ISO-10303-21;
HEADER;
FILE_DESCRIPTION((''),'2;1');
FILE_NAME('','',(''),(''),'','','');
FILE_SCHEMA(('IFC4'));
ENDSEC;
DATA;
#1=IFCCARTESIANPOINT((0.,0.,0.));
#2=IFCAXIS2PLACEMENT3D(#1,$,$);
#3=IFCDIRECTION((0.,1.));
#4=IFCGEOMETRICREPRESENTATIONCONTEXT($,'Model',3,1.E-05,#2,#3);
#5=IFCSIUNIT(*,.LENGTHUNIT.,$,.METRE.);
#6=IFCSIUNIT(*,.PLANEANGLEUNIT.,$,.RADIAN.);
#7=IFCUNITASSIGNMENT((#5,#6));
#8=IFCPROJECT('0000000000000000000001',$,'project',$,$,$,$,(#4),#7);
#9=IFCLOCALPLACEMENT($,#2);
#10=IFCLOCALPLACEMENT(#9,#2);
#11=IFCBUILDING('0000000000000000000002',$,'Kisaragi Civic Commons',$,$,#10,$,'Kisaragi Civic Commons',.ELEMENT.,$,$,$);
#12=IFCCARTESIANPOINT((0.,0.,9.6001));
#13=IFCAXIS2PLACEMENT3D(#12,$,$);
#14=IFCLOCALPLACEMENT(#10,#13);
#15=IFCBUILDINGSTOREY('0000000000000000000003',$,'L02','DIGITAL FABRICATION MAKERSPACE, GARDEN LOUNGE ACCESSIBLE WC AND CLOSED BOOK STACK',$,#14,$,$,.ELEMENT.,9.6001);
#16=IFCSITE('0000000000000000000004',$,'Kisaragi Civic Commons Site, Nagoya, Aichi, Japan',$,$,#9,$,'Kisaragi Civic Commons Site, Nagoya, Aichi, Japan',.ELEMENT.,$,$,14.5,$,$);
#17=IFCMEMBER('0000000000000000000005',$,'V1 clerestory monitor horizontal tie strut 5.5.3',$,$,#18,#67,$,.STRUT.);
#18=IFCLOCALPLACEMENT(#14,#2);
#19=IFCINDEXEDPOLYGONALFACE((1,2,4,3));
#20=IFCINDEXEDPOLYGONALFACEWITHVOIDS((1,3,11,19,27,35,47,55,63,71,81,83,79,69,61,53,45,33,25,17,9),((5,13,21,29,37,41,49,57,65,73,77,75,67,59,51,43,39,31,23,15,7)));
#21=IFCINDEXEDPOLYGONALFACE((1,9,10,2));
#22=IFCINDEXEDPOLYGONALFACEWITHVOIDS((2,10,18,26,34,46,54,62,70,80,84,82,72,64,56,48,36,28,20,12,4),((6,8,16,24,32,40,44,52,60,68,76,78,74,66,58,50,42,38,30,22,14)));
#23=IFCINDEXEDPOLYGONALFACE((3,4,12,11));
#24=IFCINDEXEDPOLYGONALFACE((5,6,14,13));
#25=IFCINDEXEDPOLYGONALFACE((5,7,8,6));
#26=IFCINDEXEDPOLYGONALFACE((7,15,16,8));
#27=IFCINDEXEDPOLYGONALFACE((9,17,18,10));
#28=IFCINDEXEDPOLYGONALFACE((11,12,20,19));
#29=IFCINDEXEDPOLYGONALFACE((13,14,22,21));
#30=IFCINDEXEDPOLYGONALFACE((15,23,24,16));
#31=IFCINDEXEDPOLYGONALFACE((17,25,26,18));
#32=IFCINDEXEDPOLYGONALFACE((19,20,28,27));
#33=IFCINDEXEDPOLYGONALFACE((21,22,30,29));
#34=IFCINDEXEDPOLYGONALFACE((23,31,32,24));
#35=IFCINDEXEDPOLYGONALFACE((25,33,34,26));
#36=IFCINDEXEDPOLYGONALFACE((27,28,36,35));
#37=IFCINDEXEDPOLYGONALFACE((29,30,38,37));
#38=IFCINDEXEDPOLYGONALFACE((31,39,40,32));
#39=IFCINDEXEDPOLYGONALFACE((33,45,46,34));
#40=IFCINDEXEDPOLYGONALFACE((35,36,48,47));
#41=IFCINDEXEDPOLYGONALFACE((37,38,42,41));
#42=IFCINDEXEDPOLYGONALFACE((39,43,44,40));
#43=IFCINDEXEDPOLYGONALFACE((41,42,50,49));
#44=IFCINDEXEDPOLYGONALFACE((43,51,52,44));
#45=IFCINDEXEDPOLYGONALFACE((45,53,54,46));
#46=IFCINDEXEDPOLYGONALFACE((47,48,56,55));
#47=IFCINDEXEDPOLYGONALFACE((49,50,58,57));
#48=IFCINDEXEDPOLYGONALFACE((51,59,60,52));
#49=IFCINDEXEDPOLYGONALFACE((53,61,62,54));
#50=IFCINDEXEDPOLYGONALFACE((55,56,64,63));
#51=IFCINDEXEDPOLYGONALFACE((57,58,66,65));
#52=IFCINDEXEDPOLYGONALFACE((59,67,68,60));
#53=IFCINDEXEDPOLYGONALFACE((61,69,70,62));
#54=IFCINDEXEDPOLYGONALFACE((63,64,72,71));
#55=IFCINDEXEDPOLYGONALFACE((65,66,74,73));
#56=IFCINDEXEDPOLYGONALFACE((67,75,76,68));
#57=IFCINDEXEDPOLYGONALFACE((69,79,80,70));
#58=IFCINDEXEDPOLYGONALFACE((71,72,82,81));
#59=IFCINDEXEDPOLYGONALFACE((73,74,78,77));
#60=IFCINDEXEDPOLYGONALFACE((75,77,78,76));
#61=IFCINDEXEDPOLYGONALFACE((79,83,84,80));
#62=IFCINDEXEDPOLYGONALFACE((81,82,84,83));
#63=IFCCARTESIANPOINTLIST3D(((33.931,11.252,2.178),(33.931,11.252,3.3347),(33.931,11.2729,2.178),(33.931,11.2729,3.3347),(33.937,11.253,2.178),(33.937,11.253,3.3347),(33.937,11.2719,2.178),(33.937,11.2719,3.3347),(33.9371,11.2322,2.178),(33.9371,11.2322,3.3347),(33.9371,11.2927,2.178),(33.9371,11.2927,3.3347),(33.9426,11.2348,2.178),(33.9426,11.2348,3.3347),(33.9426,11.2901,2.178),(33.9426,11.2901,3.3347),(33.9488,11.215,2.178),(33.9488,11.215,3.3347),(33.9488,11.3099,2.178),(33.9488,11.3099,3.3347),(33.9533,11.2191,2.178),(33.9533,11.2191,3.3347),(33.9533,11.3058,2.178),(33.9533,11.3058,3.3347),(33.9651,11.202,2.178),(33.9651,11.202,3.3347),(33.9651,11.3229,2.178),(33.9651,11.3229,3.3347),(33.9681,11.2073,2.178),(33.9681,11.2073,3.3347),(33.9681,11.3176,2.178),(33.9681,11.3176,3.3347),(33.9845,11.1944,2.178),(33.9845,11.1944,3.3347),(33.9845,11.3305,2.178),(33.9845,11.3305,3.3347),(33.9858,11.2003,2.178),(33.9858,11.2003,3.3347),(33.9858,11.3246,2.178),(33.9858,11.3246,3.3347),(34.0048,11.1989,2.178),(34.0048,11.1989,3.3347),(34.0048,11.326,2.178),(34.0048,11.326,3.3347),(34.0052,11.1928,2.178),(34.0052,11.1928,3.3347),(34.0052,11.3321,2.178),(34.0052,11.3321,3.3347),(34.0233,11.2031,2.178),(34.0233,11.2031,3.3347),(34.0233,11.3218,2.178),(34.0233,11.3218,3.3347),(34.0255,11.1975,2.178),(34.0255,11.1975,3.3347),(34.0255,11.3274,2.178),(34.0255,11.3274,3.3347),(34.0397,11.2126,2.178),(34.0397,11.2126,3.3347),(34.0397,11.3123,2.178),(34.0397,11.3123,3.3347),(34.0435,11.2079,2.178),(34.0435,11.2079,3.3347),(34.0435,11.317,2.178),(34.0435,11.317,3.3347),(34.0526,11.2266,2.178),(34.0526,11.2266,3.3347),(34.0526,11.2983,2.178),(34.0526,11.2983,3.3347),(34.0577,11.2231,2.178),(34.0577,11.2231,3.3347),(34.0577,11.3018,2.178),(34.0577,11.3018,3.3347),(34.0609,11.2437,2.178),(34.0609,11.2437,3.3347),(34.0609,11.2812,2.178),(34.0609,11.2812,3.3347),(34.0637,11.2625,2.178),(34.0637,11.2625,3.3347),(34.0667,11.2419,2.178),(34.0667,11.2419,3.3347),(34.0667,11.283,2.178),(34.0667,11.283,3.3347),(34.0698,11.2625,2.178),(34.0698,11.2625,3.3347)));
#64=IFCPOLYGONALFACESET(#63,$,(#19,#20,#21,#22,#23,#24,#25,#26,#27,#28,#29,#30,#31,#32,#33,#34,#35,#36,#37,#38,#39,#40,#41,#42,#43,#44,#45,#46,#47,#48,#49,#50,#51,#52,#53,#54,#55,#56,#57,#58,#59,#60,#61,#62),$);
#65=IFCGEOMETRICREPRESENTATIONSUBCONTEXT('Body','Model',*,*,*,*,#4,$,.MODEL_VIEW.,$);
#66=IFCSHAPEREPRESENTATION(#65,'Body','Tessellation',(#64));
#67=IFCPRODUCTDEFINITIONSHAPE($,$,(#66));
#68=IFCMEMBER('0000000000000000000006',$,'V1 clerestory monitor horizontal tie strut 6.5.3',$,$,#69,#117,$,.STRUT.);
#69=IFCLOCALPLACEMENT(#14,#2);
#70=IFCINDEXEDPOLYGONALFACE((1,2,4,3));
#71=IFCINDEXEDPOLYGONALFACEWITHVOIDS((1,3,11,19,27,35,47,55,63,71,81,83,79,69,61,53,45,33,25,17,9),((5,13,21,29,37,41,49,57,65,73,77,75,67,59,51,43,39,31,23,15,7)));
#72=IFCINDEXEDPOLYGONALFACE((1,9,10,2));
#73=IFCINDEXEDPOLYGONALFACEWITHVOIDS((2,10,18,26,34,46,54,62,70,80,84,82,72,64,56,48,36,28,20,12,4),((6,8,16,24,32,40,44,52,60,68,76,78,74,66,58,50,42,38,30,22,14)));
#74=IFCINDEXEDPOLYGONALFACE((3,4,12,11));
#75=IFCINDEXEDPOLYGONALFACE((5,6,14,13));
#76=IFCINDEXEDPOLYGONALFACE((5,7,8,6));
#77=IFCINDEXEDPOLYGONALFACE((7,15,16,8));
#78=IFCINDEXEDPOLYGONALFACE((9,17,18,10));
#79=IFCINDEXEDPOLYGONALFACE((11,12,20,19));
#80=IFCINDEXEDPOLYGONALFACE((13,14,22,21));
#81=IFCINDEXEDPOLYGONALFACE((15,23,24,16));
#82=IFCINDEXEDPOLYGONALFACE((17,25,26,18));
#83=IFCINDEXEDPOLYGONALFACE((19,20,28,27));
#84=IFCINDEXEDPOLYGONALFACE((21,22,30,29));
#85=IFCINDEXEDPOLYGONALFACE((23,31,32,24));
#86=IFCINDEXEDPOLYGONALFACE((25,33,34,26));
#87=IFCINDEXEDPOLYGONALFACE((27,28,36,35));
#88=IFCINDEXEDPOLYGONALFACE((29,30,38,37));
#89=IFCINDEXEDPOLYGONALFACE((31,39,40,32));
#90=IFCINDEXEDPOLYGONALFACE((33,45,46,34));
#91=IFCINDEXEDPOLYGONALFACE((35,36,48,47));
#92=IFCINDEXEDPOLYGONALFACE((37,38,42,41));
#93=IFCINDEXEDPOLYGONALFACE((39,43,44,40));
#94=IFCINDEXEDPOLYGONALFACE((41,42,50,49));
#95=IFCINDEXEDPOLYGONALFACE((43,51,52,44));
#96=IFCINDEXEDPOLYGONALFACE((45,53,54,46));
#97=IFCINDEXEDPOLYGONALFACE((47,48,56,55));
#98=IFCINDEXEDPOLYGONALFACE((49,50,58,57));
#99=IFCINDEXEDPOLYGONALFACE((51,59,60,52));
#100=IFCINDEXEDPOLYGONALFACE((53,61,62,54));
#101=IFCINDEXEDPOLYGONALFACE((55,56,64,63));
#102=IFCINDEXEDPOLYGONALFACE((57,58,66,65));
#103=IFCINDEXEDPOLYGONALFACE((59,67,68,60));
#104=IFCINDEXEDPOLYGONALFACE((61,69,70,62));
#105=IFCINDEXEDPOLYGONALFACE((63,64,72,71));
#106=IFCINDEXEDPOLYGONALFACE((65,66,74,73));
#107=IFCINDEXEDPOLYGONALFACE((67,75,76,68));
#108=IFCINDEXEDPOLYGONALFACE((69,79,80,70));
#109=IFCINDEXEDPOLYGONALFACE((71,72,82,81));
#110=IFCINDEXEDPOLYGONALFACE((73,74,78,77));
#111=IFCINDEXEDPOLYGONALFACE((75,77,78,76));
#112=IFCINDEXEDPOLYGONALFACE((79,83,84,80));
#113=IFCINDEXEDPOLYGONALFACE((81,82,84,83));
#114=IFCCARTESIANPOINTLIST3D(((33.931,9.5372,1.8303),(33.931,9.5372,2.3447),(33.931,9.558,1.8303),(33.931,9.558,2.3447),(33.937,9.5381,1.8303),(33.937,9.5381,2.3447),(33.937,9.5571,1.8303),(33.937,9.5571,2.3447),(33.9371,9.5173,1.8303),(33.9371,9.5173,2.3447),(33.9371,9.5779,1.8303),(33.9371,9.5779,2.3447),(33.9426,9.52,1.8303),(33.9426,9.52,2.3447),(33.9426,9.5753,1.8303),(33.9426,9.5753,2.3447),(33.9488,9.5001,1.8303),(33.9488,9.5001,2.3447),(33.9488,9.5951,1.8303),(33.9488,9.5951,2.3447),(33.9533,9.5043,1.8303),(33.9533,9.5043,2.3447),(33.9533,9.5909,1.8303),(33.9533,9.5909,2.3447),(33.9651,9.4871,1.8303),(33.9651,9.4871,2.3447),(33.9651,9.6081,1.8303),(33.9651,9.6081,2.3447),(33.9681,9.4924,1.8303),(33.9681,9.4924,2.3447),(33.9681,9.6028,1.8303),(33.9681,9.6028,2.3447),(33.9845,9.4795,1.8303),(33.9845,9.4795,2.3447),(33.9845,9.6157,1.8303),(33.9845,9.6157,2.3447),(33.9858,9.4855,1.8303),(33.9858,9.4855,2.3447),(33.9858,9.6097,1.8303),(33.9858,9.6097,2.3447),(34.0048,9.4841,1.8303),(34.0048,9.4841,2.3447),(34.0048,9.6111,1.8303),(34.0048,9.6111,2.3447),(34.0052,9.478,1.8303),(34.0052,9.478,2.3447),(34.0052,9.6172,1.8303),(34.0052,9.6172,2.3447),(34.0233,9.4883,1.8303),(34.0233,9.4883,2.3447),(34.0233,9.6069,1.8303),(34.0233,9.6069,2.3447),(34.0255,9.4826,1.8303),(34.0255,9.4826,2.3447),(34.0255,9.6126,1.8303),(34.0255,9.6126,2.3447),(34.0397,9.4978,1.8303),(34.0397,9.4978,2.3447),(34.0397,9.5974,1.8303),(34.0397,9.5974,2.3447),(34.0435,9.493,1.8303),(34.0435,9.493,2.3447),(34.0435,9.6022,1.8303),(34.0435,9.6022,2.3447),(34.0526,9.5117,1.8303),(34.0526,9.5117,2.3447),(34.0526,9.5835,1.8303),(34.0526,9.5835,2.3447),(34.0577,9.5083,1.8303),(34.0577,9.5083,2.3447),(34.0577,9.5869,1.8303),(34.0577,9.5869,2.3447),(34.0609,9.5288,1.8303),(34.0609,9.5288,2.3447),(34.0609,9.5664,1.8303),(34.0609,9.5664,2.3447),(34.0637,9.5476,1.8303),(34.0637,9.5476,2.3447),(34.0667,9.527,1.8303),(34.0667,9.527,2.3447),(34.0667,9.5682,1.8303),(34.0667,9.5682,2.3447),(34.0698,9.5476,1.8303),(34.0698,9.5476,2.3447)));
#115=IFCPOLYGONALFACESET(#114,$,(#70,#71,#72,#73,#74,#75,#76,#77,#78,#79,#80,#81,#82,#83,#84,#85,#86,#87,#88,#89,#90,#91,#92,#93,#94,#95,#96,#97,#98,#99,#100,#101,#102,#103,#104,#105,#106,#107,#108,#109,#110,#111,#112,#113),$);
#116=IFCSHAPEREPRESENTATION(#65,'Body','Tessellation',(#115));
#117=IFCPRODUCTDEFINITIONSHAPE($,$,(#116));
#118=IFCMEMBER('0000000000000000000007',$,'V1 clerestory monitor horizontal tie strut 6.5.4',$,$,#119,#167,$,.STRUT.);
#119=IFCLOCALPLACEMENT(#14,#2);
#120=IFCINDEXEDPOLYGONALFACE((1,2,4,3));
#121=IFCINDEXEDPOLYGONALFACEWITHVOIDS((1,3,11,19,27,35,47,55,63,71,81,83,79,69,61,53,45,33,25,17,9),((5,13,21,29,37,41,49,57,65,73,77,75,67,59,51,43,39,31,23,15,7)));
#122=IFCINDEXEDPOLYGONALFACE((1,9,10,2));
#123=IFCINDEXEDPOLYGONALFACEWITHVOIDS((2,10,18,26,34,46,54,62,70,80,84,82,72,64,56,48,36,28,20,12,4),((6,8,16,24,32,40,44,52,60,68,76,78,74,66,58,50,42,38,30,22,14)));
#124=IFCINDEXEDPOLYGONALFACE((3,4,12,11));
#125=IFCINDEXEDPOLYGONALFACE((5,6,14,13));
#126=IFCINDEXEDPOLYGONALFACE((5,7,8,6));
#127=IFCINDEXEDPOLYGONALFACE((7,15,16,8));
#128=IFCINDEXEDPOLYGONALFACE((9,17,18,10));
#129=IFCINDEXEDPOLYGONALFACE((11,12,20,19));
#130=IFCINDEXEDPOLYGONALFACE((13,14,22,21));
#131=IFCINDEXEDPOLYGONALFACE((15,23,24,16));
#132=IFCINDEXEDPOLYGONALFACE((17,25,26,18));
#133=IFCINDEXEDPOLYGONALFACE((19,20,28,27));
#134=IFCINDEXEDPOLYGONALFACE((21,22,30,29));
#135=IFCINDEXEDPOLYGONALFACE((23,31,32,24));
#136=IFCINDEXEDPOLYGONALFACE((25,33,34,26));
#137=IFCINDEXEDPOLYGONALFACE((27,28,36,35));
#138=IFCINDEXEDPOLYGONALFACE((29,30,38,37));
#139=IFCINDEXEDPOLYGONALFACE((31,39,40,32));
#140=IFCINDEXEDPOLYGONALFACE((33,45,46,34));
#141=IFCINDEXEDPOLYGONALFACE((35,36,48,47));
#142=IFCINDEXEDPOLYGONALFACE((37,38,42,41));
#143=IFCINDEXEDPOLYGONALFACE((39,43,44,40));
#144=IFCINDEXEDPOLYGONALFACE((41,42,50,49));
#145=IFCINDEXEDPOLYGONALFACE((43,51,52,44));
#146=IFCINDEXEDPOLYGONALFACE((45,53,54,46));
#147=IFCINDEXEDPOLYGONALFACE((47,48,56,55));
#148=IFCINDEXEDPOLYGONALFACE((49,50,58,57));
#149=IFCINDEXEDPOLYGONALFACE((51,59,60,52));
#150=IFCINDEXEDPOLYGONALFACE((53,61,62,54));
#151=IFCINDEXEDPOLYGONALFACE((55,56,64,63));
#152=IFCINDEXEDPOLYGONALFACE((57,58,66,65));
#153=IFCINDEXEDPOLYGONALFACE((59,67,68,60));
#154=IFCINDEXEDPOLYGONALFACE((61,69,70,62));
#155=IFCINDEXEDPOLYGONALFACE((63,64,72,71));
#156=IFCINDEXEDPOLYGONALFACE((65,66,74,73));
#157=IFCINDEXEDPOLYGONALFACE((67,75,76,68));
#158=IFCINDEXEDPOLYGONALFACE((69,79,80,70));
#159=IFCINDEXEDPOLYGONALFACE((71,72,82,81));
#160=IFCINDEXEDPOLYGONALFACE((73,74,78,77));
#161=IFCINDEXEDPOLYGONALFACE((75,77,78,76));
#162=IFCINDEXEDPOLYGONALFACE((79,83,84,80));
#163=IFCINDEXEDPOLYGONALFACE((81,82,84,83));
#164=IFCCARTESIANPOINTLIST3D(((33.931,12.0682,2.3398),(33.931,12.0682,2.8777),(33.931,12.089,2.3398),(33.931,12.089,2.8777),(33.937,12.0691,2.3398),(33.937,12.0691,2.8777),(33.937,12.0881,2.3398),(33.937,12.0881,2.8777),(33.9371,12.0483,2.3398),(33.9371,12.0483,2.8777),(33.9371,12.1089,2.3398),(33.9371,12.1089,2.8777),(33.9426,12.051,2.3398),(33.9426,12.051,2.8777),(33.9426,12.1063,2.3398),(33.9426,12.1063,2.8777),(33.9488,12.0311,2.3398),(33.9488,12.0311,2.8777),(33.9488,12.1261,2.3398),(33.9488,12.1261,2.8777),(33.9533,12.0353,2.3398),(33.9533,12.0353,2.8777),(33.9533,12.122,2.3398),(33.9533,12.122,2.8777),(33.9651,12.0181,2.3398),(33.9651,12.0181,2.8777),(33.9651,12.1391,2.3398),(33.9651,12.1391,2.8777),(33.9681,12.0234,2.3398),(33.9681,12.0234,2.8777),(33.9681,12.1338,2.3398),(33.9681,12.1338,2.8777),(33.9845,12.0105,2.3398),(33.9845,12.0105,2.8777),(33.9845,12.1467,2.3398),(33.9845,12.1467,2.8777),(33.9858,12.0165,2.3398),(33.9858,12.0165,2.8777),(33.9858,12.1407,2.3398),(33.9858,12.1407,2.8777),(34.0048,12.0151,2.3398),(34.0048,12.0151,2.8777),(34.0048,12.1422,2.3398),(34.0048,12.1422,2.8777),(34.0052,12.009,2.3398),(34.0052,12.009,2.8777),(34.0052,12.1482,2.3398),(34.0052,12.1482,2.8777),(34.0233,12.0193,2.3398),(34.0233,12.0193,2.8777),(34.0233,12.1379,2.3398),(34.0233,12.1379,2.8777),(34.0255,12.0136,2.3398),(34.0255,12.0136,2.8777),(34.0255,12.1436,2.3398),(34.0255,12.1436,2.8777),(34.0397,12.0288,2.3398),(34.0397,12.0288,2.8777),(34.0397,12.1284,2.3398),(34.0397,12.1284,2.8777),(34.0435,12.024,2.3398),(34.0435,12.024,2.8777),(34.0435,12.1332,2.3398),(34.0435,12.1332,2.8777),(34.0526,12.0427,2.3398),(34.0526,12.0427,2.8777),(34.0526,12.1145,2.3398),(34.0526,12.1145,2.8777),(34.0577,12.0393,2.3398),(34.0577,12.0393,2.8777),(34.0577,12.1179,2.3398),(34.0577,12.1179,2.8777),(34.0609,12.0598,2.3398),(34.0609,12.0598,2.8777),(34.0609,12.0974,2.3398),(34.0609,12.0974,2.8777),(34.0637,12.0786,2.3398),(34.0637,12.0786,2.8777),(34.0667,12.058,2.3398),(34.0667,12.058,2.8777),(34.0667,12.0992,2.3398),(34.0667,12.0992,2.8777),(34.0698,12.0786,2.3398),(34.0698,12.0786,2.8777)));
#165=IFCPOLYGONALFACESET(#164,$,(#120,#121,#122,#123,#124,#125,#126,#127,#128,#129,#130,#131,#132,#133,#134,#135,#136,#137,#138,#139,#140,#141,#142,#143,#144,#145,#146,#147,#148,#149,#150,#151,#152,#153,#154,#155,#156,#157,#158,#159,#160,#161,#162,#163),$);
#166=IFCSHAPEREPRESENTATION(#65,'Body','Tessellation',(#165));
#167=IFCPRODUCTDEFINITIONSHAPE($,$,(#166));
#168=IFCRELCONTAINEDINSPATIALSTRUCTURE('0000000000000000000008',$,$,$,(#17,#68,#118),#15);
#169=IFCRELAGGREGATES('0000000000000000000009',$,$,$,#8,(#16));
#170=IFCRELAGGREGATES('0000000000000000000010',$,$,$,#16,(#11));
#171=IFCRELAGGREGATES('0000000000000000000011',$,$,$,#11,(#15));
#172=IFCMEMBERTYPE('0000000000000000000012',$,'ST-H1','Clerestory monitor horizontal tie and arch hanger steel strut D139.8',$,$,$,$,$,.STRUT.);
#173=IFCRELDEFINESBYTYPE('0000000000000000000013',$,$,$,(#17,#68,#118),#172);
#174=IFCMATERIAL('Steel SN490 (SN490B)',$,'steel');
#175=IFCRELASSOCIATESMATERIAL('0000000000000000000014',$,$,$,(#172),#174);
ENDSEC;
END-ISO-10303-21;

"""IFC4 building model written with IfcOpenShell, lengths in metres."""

from ifc_helpers import new_model, si_unit, direction, frame, origin, origin_2d, place, context, subcontext, project, spatial, hollow_circle, extrude, material, material_profile, profile_set, type_object, element, save


model = new_model("IFC4")

# Units and contexts
model_context = context("Model", 3, precision=1e-05, world=origin(), true_north=direction((0.0, 1.0)))
body_context = subcontext(model_context, "Body", "Model", "MODEL_VIEW")
ifc_project = project(units=[si_unit("LENGTHUNIT", "METRE"), si_unit("PLANEANGLEUNIT", "RADIAN")], contexts=[model_context])

# Site, building, storey
site_placement = place(None, origin())
site = spatial("IfcSite", under=ifc_project, at=site_placement, Name="Kisaragi Civic Commons Site, Nagoya, Aichi, Japan", LongName="Kisaragi Civic Commons Site, Nagoya, Aichi, Japan", CompositionType="ELEMENT", RefElevation=14.5)
building_placement = place(site_placement, origin())
building = spatial("IfcBuilding", under=site, at=building_placement, Name="Kisaragi Civic Commons", LongName="Kisaragi Civic Commons", CompositionType="ELEMENT")
storey_placement = place(building_placement, frame((0.0, 0.0, 9.6001)))
storey = spatial("IfcBuildingStorey", under=building, at=storey_placement, Name="L02", Description="DIGITAL FABRICATION MAKERSPACE, GARDEN LOUNGE ACCESSIBLE WC AND CLOSED BOOK STACK", CompositionType="ELEMENT", Elevation=9.6001)

# Members
ifc_material_1 = material(Name="Steel SN490 (SN490B)", Category="steel")
ifc_material_profile_1 = material_profile(ifc_material_1, hollow_circle(Radius=0.0698, WallThickness=0.0061, at=origin_2d()), Name="CHS-139.8x6.0", Category="steel")
ifc_profile_set_1 = profile_set([ifc_material_profile_1], Name="Steel SN490 (SN490B)")
member_type_1 = type_object("IfcMemberType", Name="ST-H1", Description="Clerestory monitor horizontal tie and arch hanger steel strut D139.8", PredefinedType="STRUT", material=ifc_profile_set_1)
member_1_placement = place(storey_placement, frame((34.0, 11.2625, 2.178), z_axis=(0.0, 0.0, 1.0), x_axis=(1.0, 0.0, 0.0)))
element("IfcMember", 1, at=member_1_placement, inside=storey, type_object=member_type_1, Name="V1 clerestory monitor horizontal tie strut 5.5.3", PredefinedType="STRUT", context=body_context, shape_type="SweptSolid", body=[
    extrude(hollow_circle(Radius=0.0698, WallThickness=0.0061, at=origin_2d()), origin(), (0.0, 0.0, 1.0), 1.1567),
])
member_2_placement = place(storey_placement, frame((34.0, 9.5476, 1.8303), z_axis=(0.0, 0.0, 1.0), x_axis=(1.0, 0.0, 0.0)))
element("IfcMember", 2, at=member_2_placement, inside=storey, type_object=member_type_1, Name="V1 clerestory monitor horizontal tie strut 6.5.3", PredefinedType="STRUT", context=body_context, shape_type="SweptSolid", body=[
    extrude(hollow_circle(Radius=0.0698, WallThickness=0.0061, at=origin_2d()), origin(), (0.0, 0.0, 1.0), 0.5144),
])
member_3_placement = place(storey_placement, frame((34.0, 12.0786, 2.3398), z_axis=(0.0, 0.0, 1.0), x_axis=(1.0, 0.0, 0.0)))
element("IfcMember", 3, at=member_3_placement, inside=storey, type_object=member_type_1, Name="V1 clerestory monitor horizontal tie strut 6.5.4", PredefinedType="STRUT", context=body_context, shape_type="SweptSolid", body=[
    extrude(hollow_circle(Radius=0.0698, WallThickness=0.0061, at=origin_2d()), origin(), (0.0, 0.0, 1.0), 0.5378),
])

save(model, "model.ifc")
